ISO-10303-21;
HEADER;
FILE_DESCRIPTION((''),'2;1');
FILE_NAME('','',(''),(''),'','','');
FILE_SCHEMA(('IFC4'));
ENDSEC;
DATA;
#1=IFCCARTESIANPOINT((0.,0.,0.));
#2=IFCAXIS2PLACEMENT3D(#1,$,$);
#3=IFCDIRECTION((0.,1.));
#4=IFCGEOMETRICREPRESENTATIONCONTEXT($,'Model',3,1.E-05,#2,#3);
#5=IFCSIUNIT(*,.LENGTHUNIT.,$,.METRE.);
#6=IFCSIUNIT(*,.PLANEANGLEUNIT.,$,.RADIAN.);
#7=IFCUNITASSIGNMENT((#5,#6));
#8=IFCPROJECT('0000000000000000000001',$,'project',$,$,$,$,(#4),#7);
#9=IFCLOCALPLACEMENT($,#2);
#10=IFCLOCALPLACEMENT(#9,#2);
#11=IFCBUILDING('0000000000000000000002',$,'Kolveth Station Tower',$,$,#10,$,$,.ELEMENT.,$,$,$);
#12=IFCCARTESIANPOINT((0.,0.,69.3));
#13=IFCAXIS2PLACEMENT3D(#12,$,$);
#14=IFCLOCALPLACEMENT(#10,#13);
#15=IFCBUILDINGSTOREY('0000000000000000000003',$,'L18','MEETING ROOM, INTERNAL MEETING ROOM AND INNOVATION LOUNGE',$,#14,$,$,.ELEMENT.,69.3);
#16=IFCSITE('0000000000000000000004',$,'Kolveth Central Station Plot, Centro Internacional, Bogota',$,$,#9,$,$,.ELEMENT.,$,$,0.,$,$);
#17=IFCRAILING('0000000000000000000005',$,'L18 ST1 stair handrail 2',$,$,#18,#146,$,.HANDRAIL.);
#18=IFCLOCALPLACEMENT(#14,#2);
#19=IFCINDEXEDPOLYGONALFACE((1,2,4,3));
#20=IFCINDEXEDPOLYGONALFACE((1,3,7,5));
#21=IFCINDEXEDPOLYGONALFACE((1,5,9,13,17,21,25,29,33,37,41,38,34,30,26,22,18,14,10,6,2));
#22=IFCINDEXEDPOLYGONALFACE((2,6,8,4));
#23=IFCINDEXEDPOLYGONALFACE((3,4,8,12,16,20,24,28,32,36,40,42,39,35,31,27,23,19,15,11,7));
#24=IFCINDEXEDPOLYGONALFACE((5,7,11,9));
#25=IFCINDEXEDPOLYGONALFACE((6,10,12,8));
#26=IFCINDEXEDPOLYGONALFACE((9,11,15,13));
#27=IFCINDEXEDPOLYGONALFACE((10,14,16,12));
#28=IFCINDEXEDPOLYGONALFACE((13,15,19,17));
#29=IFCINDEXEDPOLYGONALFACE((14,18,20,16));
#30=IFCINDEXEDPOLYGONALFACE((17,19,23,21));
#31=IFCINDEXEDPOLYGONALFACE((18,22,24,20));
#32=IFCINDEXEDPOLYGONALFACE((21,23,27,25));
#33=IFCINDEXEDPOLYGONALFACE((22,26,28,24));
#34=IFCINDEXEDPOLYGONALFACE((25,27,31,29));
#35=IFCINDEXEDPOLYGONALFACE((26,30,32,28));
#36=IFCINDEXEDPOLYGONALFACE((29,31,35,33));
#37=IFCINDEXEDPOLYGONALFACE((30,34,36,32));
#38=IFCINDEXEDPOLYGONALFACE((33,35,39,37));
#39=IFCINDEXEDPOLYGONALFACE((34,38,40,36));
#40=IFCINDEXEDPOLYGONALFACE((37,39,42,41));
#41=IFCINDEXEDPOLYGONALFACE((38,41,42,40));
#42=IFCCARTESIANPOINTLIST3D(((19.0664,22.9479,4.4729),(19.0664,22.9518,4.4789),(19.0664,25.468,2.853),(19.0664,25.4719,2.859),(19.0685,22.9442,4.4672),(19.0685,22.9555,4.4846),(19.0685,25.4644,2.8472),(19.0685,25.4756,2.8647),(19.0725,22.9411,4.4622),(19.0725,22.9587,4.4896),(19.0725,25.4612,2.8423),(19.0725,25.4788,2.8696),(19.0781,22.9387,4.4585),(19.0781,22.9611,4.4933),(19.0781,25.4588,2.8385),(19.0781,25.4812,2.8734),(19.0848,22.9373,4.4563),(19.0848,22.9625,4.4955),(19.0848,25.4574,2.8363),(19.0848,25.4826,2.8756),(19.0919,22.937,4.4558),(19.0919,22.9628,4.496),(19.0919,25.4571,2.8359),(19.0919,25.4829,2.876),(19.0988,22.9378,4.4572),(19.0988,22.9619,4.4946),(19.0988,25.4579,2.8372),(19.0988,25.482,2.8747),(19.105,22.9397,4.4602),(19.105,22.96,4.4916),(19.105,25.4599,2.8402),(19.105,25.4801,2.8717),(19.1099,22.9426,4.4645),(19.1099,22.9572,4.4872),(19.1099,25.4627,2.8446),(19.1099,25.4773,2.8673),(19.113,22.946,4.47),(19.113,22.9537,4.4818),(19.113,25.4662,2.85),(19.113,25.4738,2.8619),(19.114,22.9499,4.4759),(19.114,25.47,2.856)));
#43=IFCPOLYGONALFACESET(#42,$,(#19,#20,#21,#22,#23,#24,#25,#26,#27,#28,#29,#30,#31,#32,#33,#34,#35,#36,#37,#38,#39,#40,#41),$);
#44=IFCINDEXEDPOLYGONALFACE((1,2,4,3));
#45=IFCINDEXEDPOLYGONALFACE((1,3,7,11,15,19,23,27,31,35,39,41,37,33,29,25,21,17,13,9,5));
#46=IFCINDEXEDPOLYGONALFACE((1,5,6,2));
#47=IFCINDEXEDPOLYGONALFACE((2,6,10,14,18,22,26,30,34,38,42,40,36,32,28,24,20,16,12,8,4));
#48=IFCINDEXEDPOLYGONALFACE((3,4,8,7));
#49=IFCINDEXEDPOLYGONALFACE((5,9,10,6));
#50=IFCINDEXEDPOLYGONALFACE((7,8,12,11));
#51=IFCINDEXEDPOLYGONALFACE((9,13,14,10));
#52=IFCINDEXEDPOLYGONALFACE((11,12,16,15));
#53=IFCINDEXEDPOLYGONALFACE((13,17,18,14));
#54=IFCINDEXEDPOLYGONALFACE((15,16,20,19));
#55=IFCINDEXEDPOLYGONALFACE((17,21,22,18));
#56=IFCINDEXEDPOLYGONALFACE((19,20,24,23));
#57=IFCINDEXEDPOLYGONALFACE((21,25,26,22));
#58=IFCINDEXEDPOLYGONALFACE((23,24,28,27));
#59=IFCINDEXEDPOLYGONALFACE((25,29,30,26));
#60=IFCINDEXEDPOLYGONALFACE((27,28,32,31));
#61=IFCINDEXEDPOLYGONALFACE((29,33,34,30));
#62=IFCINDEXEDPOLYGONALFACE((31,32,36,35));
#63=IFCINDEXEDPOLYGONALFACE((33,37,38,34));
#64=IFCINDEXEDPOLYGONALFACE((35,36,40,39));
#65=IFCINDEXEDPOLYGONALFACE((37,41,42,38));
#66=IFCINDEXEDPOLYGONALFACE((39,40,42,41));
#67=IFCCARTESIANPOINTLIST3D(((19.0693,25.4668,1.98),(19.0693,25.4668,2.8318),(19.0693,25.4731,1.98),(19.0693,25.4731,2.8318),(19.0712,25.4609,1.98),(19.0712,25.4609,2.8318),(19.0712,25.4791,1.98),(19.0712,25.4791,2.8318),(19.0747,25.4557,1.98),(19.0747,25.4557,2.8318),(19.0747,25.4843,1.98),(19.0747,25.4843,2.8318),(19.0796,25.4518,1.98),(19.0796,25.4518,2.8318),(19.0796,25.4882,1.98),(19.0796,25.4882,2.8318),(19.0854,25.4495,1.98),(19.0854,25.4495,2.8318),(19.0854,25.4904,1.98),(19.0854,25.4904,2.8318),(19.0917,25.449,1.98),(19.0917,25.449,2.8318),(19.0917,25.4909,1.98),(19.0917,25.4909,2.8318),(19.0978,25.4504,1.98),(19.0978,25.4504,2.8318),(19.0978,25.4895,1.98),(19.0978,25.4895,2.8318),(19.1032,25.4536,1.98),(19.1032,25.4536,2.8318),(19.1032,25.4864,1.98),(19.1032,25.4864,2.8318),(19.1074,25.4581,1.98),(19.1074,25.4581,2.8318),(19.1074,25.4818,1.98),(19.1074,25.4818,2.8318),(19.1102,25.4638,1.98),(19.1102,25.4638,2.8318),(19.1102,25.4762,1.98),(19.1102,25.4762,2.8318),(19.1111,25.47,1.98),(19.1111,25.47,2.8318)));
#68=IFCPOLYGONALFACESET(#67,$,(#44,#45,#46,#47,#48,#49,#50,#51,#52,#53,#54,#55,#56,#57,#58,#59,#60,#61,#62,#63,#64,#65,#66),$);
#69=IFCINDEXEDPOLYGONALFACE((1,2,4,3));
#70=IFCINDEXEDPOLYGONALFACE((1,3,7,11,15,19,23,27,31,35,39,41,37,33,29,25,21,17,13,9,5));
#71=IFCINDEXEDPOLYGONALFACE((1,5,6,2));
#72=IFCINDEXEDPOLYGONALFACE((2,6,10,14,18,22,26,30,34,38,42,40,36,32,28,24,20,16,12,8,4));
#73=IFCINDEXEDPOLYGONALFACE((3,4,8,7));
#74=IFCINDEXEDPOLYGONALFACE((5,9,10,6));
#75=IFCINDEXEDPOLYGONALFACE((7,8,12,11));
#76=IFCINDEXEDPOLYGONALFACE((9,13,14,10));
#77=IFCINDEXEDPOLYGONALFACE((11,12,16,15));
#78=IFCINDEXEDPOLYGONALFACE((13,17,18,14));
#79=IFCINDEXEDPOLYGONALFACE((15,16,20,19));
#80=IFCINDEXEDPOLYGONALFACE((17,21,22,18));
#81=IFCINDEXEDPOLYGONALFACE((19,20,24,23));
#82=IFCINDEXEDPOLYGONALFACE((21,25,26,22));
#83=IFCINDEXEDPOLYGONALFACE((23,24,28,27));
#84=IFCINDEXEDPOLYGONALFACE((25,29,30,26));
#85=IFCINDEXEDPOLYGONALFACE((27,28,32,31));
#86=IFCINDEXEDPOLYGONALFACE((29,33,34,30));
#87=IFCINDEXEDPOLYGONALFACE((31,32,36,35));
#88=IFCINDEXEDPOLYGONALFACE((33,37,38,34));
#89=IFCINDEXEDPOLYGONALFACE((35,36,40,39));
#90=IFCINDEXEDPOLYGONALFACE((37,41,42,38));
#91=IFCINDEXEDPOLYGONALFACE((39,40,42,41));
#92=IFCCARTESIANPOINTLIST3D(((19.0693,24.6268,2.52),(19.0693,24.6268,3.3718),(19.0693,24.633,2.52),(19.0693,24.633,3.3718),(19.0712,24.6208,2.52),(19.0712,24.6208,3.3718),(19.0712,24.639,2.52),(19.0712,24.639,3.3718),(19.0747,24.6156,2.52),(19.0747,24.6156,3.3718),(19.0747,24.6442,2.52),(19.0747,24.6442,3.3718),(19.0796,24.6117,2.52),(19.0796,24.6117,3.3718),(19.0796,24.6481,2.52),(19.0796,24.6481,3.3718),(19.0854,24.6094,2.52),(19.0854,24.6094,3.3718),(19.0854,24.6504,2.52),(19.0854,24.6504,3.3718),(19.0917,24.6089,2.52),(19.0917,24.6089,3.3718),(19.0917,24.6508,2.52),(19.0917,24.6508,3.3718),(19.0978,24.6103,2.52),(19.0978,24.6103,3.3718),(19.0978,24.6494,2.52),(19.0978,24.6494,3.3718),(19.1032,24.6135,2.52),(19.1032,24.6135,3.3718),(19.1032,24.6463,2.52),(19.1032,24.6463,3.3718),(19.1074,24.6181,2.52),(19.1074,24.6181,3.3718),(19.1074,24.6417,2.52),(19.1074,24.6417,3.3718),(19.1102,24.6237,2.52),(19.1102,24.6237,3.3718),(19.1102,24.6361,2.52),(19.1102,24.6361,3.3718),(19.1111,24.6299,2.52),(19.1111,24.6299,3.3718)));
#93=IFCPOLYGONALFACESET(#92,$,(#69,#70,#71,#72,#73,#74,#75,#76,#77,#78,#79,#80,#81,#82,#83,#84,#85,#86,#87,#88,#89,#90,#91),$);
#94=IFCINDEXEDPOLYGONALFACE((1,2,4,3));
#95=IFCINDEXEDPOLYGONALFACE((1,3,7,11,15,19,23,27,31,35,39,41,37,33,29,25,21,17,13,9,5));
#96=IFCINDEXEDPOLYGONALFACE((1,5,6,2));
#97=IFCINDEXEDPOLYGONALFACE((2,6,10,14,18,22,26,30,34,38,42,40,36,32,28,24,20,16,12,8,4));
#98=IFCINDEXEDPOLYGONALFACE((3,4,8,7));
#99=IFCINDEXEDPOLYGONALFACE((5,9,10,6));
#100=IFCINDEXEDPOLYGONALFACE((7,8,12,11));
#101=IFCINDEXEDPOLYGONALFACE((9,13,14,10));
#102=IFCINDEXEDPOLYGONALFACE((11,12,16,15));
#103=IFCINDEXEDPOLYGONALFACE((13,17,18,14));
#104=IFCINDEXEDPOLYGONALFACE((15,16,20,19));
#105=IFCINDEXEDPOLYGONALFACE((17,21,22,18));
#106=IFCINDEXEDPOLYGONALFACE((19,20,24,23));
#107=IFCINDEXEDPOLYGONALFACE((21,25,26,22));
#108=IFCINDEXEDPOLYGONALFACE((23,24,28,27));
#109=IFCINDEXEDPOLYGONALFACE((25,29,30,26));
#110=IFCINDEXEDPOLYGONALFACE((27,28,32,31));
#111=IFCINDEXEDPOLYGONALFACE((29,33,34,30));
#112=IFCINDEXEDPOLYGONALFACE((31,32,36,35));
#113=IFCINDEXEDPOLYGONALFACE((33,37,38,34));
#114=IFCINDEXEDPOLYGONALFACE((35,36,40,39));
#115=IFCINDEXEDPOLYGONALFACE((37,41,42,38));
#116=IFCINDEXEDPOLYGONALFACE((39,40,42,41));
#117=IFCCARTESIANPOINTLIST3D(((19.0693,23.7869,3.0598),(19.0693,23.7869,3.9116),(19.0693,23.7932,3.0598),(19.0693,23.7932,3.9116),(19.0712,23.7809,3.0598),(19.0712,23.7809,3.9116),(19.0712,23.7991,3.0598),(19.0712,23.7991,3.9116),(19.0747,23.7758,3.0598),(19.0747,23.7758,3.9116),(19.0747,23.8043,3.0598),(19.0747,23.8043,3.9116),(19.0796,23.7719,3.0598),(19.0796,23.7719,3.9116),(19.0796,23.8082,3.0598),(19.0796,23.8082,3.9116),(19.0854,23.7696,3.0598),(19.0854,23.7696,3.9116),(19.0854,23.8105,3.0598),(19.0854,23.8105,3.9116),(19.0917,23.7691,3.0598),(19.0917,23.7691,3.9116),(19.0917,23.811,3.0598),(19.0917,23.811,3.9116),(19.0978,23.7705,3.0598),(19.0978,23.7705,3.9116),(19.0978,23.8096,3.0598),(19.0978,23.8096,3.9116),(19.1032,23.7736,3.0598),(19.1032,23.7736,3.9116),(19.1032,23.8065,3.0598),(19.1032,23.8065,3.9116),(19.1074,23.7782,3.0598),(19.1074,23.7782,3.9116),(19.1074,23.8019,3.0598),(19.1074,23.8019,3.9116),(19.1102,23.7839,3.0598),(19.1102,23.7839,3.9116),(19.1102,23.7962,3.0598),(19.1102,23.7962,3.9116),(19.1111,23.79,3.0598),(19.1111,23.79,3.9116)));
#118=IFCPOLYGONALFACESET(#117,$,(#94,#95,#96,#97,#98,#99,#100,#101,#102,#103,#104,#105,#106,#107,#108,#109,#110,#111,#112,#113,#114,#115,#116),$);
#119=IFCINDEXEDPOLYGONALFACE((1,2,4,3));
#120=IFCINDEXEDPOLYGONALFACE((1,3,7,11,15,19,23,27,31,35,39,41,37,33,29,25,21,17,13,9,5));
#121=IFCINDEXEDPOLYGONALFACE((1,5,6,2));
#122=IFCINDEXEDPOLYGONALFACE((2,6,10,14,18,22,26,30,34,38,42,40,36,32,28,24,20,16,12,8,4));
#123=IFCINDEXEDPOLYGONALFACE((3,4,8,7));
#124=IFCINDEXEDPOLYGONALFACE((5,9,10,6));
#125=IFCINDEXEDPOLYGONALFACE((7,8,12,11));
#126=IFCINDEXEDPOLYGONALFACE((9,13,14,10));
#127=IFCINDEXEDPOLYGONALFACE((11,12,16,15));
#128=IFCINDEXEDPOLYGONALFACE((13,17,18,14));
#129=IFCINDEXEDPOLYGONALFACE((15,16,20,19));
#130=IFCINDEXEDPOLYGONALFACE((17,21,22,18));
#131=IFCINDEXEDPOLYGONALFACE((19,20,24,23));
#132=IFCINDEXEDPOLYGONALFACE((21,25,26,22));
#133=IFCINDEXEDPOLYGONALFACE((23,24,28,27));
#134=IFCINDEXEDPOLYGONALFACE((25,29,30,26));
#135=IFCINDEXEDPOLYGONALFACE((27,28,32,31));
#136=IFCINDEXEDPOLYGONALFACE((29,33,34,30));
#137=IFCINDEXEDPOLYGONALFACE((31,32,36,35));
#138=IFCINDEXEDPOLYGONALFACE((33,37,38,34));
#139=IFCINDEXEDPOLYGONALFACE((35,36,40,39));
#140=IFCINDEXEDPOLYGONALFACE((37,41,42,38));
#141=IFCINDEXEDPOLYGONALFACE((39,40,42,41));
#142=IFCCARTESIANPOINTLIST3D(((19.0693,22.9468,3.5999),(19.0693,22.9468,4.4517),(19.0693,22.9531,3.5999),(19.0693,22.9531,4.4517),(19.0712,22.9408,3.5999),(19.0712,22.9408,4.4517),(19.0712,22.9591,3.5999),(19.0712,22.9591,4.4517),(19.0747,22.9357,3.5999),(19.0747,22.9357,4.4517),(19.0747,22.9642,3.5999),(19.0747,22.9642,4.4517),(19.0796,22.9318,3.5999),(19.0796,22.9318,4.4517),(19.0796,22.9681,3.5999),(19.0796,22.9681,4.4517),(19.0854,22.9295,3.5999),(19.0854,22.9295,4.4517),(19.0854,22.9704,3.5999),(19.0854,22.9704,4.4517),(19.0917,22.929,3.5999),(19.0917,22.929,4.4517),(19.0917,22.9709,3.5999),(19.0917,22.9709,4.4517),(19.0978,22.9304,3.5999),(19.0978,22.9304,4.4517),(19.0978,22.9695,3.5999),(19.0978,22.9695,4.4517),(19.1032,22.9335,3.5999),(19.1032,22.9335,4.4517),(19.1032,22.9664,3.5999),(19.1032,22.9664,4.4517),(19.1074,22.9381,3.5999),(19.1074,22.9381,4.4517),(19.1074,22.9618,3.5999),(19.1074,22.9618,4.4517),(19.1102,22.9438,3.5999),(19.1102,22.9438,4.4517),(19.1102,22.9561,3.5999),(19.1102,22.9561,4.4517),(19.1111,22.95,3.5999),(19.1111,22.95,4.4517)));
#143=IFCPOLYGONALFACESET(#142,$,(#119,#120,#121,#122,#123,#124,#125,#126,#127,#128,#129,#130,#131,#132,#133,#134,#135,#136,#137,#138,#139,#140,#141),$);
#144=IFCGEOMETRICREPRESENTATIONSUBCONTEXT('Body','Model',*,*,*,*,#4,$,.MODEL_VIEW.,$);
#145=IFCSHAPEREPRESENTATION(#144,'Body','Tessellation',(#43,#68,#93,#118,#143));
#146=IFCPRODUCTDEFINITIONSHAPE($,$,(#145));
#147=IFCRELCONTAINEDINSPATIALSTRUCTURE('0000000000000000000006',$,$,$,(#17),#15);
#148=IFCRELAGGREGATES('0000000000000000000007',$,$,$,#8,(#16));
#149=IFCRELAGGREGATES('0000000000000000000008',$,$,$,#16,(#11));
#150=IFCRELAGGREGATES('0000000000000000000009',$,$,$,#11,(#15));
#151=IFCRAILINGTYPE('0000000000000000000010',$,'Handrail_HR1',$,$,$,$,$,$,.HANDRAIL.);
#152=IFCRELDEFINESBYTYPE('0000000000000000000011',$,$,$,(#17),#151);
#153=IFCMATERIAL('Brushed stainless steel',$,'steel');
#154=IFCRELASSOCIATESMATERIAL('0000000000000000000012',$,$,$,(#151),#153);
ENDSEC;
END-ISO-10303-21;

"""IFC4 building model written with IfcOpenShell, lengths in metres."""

from ifc_helpers import new_model, si_unit, direction, frame, origin, origin_2d, place, context, subcontext, project, spatial, circle, extrude, material, type_object, element, save


model = new_model("IFC4")

# Units and contexts
model_context = context("Model", 3, precision=1e-05, world=origin(), true_north=direction((0.0, 1.0)))
body_context = subcontext(model_context, "Body", "Model", "MODEL_VIEW")
ifc_project = project(units=[si_unit("LENGTHUNIT", "METRE"), si_unit("PLANEANGLEUNIT", "RADIAN")], contexts=[model_context])

# Site, building, storey
site_placement = place(None, origin())
site = spatial("IfcSite", under=ifc_project, at=site_placement, Name="Kolveth Central Station Plot, Centro Internacional, Bogota", CompositionType="ELEMENT", RefElevation=0.0)
building_placement = place(site_placement, origin())
building = spatial("IfcBuilding", under=site, at=building_placement, Name="Kolveth Station Tower", CompositionType="ELEMENT")
storey_placement = place(building_placement, frame((0.0, 0.0, 69.3)))
storey = spatial("IfcBuildingStorey", under=building, at=storey_placement, Name="L18", Description="MEETING ROOM, INTERNAL MEETING ROOM AND INNOVATION LOUNGE", CompositionType="ELEMENT", Elevation=69.3)

# Railing
ifc_material_1 = material(Name="Brushed stainless steel", Category="steel")
railing_type_1 = type_object("IfcRailingType", Name="Handrail_HR1", PredefinedType="HANDRAIL", material=ifc_material_1)
railing_1_placement = place(storey_placement, frame((19.0901, 25.47, 1.98)))
element("IfcRailing", 1, at=railing_1_placement, inside=storey, type_object=railing_type_1, Name="L18 ST1 stair handrail 2", PredefinedType="HANDRAIL", context=body_context, shape_type="SweptSolid", body=[
    extrude(circle(Radius=0.0239, at=origin_2d()), frame((0.0, 0.0, 0.876), z_axis=(0.0, -0.8412, 0.540725), x_axis=(1.0, 0.0, 0.0)), (0.0, 0.0, 1.0), 2.9958),
    extrude(circle(Radius=0.021, at=origin_2d()), origin(), (0.0, 0.0, 1.0), 0.8518),
    extrude(circle(Radius=0.021, at=origin_2d()), frame((0.0, -0.8401, 0.54)), (0.0, 0.0, 1.0), 0.8518),
    extrude(circle(Radius=0.021, at=origin_2d()), frame((0.0, -1.6799, 1.0798)), (0.0, 0.0, 1.0), 0.8518),
    extrude(circle(Radius=0.021, at=origin_2d()), frame((0.0, -2.52, 1.6199)), (0.0, 0.0, 1.0), 0.8518),
])

save(model, "model.ifc")
